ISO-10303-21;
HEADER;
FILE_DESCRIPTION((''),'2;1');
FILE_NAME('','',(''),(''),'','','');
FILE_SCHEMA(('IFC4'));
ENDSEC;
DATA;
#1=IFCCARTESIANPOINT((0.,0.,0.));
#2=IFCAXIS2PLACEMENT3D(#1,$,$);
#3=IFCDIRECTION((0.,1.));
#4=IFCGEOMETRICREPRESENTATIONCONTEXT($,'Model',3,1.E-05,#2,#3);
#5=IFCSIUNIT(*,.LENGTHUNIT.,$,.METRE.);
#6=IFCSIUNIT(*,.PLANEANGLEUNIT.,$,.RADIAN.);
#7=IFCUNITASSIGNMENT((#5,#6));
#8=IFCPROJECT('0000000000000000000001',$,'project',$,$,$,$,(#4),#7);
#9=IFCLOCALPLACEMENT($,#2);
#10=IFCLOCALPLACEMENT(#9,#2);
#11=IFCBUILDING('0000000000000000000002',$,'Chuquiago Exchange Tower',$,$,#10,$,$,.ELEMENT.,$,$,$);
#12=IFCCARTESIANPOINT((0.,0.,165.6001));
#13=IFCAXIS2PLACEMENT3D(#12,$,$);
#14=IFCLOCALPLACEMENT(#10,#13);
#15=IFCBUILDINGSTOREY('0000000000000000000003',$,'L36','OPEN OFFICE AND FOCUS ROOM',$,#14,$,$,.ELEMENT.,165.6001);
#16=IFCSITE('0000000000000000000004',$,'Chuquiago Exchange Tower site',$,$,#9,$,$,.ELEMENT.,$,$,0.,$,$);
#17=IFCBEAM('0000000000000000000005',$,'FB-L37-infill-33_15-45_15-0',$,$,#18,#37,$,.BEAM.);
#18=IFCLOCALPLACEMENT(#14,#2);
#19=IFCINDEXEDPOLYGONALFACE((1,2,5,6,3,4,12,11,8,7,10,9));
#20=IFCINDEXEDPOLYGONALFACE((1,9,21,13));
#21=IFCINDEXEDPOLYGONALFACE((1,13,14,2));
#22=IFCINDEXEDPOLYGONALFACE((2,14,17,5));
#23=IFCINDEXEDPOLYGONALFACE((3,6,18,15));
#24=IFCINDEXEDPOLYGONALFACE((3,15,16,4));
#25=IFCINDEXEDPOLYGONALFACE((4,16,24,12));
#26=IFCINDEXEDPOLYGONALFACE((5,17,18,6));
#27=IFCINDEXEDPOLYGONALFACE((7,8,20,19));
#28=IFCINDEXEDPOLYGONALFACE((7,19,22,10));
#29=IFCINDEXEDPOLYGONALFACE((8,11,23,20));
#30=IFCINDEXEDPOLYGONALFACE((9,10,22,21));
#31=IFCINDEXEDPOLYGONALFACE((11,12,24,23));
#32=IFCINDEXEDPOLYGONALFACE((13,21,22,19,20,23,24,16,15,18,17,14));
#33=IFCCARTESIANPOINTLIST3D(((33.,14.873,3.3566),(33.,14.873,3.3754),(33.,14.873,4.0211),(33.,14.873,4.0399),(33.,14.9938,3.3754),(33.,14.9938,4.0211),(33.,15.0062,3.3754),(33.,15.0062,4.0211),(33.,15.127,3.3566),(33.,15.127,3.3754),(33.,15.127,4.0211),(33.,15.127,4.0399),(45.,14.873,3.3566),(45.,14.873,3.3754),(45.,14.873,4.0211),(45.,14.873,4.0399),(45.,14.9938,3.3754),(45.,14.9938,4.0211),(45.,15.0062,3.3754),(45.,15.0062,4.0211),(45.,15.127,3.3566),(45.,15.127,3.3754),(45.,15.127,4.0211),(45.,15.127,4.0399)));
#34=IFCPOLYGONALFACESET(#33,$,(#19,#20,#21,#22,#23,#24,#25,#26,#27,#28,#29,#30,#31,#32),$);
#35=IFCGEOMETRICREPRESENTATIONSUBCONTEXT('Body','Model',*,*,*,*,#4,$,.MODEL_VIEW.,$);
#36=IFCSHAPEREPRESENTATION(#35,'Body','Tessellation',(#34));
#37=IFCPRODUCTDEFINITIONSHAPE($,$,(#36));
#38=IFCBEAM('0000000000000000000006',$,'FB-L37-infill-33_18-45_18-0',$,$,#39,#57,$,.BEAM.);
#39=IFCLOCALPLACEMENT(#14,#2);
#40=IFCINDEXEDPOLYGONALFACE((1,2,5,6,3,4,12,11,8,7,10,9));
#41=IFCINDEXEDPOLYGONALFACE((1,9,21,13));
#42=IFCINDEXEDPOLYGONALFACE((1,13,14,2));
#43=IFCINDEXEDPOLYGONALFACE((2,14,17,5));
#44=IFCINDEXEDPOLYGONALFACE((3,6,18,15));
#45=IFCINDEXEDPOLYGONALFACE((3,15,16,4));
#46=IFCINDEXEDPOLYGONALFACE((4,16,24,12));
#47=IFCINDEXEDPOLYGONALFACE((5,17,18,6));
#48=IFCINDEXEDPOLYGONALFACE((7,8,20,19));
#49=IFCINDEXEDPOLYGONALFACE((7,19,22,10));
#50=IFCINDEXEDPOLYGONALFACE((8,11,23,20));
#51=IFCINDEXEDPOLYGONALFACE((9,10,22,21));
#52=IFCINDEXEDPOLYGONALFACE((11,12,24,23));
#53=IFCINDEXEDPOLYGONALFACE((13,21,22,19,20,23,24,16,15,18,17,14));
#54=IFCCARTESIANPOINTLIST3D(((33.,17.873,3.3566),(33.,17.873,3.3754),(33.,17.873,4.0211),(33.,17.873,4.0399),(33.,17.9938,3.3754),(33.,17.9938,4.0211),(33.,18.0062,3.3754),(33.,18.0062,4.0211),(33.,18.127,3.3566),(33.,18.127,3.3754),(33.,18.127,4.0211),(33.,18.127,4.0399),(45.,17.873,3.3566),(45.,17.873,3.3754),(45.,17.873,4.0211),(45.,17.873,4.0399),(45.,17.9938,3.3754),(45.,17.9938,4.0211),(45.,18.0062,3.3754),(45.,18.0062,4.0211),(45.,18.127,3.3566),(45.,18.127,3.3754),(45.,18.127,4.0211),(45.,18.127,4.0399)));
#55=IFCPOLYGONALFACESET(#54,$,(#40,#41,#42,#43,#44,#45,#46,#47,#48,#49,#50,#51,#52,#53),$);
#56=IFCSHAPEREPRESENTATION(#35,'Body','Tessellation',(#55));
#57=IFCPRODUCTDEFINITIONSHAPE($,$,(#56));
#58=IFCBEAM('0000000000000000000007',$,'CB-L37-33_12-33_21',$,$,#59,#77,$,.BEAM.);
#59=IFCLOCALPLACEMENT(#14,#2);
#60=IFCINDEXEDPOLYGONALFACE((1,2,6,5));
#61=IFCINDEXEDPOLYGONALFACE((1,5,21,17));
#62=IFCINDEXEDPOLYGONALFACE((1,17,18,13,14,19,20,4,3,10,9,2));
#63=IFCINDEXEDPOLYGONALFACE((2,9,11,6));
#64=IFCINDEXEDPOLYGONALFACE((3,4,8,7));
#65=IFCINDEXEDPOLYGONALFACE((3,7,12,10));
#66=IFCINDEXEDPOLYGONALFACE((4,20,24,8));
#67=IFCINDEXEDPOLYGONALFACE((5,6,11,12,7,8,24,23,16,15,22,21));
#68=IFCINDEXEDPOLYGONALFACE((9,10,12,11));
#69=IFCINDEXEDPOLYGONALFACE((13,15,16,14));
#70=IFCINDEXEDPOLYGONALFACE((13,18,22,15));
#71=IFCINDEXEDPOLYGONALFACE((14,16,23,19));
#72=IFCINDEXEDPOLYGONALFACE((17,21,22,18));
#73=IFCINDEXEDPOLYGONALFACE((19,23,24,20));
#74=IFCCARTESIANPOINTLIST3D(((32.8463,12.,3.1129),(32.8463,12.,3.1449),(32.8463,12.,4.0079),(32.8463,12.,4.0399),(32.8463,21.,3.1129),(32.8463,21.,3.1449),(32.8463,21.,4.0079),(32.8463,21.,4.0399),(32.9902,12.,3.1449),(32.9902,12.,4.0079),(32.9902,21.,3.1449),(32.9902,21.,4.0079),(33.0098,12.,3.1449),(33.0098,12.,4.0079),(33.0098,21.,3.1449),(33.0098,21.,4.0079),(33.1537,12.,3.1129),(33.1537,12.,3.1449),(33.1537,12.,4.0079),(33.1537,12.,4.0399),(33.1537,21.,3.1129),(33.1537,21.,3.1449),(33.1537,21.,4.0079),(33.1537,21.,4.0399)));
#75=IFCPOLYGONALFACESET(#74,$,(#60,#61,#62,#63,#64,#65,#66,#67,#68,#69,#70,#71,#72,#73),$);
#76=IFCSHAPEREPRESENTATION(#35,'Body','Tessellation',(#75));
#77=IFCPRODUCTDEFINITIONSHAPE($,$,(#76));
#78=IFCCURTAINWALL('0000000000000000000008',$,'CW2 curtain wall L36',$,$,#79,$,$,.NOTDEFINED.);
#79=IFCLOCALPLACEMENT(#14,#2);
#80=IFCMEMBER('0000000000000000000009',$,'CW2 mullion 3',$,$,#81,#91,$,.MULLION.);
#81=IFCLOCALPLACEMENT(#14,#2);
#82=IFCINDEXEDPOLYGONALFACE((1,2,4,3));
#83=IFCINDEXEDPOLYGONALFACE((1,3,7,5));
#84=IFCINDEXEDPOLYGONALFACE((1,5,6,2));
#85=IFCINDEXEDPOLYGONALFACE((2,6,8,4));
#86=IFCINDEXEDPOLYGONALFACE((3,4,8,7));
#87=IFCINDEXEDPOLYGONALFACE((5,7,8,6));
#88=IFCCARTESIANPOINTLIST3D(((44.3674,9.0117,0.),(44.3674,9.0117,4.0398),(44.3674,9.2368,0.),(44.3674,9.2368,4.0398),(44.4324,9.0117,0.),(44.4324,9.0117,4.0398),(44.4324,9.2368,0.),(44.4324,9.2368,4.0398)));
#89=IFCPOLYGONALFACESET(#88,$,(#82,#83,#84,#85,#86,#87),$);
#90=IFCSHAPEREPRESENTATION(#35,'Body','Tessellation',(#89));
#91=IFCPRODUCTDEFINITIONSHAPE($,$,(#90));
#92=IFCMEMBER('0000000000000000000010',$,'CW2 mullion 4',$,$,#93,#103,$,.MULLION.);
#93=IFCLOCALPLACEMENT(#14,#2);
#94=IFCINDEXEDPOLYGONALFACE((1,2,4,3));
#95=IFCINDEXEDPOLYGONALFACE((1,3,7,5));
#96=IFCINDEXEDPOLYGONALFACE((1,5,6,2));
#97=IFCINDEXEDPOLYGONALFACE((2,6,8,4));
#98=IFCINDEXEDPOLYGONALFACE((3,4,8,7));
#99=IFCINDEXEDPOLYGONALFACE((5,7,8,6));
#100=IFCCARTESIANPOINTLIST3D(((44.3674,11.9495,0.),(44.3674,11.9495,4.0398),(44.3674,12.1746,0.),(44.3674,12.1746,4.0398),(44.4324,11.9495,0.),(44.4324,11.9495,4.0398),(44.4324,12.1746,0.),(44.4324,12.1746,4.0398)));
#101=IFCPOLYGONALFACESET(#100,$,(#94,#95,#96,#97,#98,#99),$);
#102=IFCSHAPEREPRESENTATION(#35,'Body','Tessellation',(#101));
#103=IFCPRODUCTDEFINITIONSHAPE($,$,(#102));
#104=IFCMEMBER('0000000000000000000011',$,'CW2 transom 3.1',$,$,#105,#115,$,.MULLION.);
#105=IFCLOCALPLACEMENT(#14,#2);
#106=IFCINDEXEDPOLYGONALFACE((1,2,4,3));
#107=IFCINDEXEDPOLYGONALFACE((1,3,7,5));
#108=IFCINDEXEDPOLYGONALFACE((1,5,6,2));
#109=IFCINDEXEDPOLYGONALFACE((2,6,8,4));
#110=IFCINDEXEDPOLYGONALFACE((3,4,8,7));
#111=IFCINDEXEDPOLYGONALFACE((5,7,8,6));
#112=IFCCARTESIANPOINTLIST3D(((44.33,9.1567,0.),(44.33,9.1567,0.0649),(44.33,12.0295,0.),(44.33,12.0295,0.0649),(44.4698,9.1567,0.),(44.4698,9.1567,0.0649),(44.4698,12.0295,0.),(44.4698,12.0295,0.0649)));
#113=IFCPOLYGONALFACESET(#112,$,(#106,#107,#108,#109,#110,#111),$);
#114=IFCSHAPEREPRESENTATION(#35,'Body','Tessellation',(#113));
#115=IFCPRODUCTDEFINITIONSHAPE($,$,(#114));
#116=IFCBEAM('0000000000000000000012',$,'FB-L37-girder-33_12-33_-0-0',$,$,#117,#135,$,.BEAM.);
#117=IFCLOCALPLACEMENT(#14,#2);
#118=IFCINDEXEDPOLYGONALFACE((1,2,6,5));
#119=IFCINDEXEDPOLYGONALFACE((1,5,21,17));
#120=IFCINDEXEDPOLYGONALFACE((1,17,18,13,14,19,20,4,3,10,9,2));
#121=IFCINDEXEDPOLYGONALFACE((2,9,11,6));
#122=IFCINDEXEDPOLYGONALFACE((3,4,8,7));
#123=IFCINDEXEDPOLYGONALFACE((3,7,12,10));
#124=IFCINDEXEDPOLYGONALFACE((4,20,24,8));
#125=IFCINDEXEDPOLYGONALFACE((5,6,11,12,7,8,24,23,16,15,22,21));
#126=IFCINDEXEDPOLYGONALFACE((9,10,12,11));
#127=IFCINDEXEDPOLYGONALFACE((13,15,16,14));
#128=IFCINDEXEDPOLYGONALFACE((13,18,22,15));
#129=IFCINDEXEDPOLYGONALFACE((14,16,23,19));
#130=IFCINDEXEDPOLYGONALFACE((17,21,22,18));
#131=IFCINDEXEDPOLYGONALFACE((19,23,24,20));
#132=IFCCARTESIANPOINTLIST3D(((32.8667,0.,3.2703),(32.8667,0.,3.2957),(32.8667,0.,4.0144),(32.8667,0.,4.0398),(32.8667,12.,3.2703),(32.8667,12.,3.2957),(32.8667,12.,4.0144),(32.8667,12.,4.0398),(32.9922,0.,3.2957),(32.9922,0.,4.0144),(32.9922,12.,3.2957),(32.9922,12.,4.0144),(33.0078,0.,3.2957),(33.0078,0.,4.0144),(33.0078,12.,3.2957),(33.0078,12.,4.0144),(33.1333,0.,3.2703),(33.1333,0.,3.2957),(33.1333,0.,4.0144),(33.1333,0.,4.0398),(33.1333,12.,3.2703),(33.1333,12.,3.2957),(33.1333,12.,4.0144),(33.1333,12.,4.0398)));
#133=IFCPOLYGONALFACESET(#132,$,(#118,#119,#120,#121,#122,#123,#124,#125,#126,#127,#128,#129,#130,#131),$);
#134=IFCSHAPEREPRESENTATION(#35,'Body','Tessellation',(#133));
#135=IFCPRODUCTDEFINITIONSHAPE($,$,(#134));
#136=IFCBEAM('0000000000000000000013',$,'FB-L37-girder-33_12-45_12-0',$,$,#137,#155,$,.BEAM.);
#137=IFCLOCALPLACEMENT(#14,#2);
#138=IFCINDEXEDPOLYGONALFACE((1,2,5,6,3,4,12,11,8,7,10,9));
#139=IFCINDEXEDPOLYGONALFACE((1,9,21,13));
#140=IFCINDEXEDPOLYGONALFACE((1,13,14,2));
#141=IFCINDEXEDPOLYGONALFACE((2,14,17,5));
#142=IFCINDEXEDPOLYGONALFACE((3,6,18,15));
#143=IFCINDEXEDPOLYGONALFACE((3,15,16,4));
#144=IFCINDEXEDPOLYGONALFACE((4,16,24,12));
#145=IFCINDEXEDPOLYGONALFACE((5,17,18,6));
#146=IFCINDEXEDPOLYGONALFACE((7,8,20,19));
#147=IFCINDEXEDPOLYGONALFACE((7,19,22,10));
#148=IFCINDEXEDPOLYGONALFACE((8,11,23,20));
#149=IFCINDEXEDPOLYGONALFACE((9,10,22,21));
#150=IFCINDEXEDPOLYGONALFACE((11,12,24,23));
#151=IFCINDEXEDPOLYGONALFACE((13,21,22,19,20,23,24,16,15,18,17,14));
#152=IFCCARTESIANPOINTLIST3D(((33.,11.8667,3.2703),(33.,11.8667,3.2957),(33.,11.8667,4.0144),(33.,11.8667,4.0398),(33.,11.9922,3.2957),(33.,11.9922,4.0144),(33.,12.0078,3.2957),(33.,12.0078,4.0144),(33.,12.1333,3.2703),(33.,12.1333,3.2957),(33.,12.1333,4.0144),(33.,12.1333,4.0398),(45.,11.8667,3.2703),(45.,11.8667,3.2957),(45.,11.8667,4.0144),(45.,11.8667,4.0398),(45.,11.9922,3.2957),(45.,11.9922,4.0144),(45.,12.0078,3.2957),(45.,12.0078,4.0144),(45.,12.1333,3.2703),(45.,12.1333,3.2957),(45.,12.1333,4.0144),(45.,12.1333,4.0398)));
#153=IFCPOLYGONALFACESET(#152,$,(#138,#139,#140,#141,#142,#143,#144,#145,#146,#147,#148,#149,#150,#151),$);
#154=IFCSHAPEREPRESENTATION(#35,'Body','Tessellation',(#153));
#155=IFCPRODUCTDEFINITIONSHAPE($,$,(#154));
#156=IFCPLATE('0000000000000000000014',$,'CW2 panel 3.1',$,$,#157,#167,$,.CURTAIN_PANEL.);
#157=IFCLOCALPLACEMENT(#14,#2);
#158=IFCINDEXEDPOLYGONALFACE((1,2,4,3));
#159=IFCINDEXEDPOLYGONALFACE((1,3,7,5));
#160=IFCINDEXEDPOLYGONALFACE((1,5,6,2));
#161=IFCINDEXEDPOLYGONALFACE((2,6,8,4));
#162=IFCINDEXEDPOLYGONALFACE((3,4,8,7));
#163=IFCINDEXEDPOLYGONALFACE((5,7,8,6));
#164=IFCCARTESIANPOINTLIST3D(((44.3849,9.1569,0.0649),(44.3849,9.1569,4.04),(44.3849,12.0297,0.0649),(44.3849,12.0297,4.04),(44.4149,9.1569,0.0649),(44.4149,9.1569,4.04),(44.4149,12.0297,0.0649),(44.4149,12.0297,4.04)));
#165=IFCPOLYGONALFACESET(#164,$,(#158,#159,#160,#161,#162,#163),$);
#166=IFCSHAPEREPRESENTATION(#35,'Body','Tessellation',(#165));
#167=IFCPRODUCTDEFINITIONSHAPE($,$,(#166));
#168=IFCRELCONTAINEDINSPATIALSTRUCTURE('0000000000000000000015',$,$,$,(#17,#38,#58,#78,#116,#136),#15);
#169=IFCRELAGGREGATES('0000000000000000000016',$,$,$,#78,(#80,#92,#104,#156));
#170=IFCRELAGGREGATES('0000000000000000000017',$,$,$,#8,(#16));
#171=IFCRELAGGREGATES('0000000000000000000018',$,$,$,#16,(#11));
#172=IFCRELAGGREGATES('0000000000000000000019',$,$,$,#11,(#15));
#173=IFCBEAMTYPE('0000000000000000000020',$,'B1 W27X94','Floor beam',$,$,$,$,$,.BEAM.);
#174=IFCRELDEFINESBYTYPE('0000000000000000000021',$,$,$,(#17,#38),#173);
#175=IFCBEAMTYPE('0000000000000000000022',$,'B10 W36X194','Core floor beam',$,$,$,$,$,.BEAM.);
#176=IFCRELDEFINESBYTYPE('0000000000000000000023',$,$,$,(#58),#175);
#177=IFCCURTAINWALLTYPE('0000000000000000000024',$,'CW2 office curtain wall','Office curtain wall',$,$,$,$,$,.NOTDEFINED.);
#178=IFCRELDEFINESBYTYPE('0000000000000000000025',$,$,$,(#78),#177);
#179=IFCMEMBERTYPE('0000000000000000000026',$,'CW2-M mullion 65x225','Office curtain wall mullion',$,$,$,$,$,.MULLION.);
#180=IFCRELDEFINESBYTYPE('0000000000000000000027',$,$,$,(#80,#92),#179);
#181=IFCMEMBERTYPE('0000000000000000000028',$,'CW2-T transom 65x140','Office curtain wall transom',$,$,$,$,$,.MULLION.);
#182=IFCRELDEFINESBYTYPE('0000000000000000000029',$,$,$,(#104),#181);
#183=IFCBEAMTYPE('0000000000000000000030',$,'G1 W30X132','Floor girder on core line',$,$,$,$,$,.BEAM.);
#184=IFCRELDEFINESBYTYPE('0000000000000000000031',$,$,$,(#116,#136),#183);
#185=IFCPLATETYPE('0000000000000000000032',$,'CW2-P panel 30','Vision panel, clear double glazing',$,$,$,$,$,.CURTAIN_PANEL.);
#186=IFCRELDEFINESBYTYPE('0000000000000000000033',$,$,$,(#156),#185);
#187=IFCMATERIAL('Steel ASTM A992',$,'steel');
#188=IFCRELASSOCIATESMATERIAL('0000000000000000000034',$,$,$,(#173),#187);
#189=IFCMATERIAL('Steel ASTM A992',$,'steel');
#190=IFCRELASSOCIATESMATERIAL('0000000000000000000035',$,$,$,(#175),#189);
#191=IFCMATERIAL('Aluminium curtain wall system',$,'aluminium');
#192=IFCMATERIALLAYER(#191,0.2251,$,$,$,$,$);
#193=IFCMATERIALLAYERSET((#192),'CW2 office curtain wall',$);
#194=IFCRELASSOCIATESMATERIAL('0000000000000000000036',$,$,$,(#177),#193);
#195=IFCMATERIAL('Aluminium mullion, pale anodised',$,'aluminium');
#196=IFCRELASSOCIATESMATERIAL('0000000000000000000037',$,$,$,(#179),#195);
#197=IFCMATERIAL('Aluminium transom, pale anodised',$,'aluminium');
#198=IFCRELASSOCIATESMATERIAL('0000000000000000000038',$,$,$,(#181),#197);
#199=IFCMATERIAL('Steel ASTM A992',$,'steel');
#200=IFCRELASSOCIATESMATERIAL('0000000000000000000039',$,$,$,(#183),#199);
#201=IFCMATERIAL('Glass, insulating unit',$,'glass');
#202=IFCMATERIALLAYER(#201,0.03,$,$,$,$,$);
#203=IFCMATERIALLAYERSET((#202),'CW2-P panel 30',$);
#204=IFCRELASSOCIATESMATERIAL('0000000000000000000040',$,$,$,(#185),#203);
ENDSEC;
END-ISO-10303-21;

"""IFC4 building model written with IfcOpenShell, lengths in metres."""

from ifc_helpers import new_model, si_unit, direction, frame, origin, origin_2d, place, context, subcontext, project, spatial, rectangle, i_section, extrude, material, layer, layer_set, material_profile, profile_set, type_object, element, aggregate, save


model = new_model("IFC4")

# Units and contexts
model_context = context("Model", 3, precision=1e-05, world=origin(), true_north=direction((0.0, 1.0)))
body_context = subcontext(model_context, "Body", "Model", "MODEL_VIEW")
ifc_project = project(units=[si_unit("LENGTHUNIT", "METRE"), si_unit("PLANEANGLEUNIT", "RADIAN")], contexts=[model_context])

# Site, building, storey
site_placement = place(None, origin())
site = spatial("IfcSite", under=ifc_project, at=site_placement, Name="Chuquiago Exchange Tower site", CompositionType="ELEMENT", RefElevation=0.0)
building_placement = place(site_placement, origin())
building = spatial("IfcBuilding", under=site, at=building_placement, Name="Chuquiago Exchange Tower", CompositionType="ELEMENT")
storey_placement = place(building_placement, frame((0.0, 0.0, 165.6001)))
storey = spatial("IfcBuildingStorey", under=building, at=storey_placement, Name="L36", Description="OPEN OFFICE AND FOCUS ROOM", CompositionType="ELEMENT", Elevation=165.6001)

# Beams
ifc_material_1 = material(Name="Steel ASTM A992", Category="steel")
ifc_material_profile_1 = material_profile(ifc_material_1, i_section(OverallWidth=0.2539, OverallDepth=0.6833, WebThickness=0.0125, FlangeThickness=0.0188, at=origin_2d()), Name="W27X94")
ifc_profile_set_1 = profile_set([ifc_material_profile_1], Name="Steel ASTM A992")
beam_type_1 = type_object("IfcBeamType", Name="B1 W27X94", Description="Floor beam", PredefinedType="BEAM", material=ifc_profile_set_1)
for number, where, z_axis, x_axis, name in (
    (1, (33.0, 15.0, 3.6982), (1.0, 0.0, 0.0), (0.0, 1.0, 0.0), "FB-L37-infill-33_15-45_15-0"),
    (2, (33.0, 18.0, 3.6982), (1.0, 0.0, 0.0), (0.0, 1.0, 0.0), "FB-L37-infill-33_18-45_18-0"),
):
    element("IfcBeam", number, at=place(storey_placement, frame(where, z_axis=z_axis, x_axis=x_axis)), inside=storey, type_object=beam_type_1, Name=name, PredefinedType="BEAM", context=body_context, shape_type="SweptSolid", body=[
        extrude(i_section(OverallWidth=0.2539, OverallDepth=0.6833, WebThickness=0.0125, FlangeThickness=0.0188, at=origin_2d()), origin(), (0.0, 0.0, 1.0), 12.0),
    ])
ifc_material_2 = material(Name="Steel ASTM A992", Category="steel")
ifc_material_profile_2 = material_profile(ifc_material_2, i_section(OverallWidth=0.3074, OverallDepth=0.927, WebThickness=0.0195, FlangeThickness=0.032, at=origin_2d()), Name="W36X194")
ifc_profile_set_2 = profile_set([ifc_material_profile_2], Name="Steel ASTM A992")
beam_type_2 = type_object("IfcBeamType", Name="B10 W36X194", Description="Core floor beam", PredefinedType="BEAM", material=ifc_profile_set_2)
beam_placement = place(storey_placement, frame((33.0, 12.0, 3.5764), z_axis=(0.0, 1.0, 0.0), x_axis=(-1.0, 0.0, 0.0)))
element("IfcBeam", 3, at=beam_placement, inside=storey, type_object=beam_type_2, Name="CB-L37-33_12-33_21", PredefinedType="BEAM", context=body_context, shape_type="SweptSolid", body=[
    extrude(i_section(OverallWidth=0.3074, OverallDepth=0.927, WebThickness=0.0195, FlangeThickness=0.032, at=origin_2d()), origin(), (0.0, 0.0, 1.0), 9.0),
])

# Curtain wall, members
ifc_material_3 = material(Name="Aluminium curtain wall system", Category="aluminium")
ifc_layer_1 = layer(ifc_material_3, 0.2251)
ifc_layer_set_1 = layer_set([ifc_layer_1], Name="CW2 office curtain wall")
curtain_wall_type = type_object("IfcCurtainWallType", Name="CW2 office curtain wall", Description="Office curtain wall", PredefinedType="NOTDEFINED", material=ifc_layer_set_1)
curtain_wall_placement = place(storey_placement, origin())
curtain_wall = element("IfcCurtainWall", 4, at=curtain_wall_placement, inside=storey, type_object=curtain_wall_type, Name="CW2 curtain wall L36", PredefinedType="NOTDEFINED")
ifc_material_4 = material(Name="Aluminium mullion, pale anodised", Category="aluminium")
ifc_material_profile_3 = material_profile(ifc_material_4, rectangle(XDim=0.0649, YDim=0.2251, at=origin_2d()), Name="AL 65x225")
ifc_profile_set_3 = profile_set([ifc_material_profile_3], Name="Aluminium mullion, pale anodised")
member_type_1 = type_object("IfcMemberType", Name="CW2-M mullion 65x225", Description="Office curtain wall mullion", PredefinedType="MULLION", material=ifc_profile_set_3)
member_1_placement = place(storey_placement, frame((44.3999, 9.1243, 0.0), z_axis=(0.0, 0.0, 1.0), x_axis=(-1.0, 0.0, 0.0)))
member_1 = element("IfcMember", 5, at=member_1_placement, type_object=member_type_1, Name="CW2 mullion 3", PredefinedType="MULLION", context=body_context, shape_type="SweptSolid", body=[
    extrude(rectangle(XDim=0.0649, YDim=0.2251, at=origin_2d()), origin(), (0.0, 0.0, 1.0), 4.0398),
])
member_2_placement = place(storey_placement, frame((44.3999, 12.062, 0.0), z_axis=(0.0, 0.0, 1.0), x_axis=(-1.0, 0.0, 0.0)))
member_2 = element("IfcMember", 6, at=member_2_placement, type_object=member_type_1, Name="CW2 mullion 4", PredefinedType="MULLION", context=body_context, shape_type="SweptSolid", body=[
    extrude(rectangle(XDim=0.0649, YDim=0.2251, at=origin_2d()), origin(), (0.0, 0.0, 1.0), 4.0398),
])
ifc_material_5 = material(Name="Aluminium transom, pale anodised", Category="aluminium")
ifc_material_profile_4 = material_profile(ifc_material_5, rectangle(XDim=0.1399, YDim=0.0649, at=origin_2d()), Name="AL 140x65")
ifc_profile_set_4 = profile_set([ifc_material_profile_4], Name="Aluminium transom, pale anodised")
member_type_2 = type_object("IfcMemberType", Name="CW2-T transom 65x140", Description="Office curtain wall transom", PredefinedType="MULLION", material=ifc_profile_set_4)
member_3_placement = place(storey_placement, frame((44.3999, 9.1567, 0.0325), z_axis=(0.0, 1.0, 0.0), x_axis=(-1.0, 0.0, 0.0)))
member_3 = element("IfcMember", 7, at=member_3_placement, type_object=member_type_2, Name="CW2 transom 3.1", PredefinedType="MULLION", context=body_context, shape_type="SweptSolid", body=[
    extrude(rectangle(XDim=0.1399, YDim=0.0649, at=origin_2d()), origin(), (0.0, 0.0, 1.0), 2.8728),
])

# Beams
ifc_material_6 = material(Name="Steel ASTM A992", Category="steel")
ifc_material_profile_5 = material_profile(ifc_material_6, i_section(OverallWidth=0.2666, OverallDepth=0.7695, WebThickness=0.0156, FlangeThickness=0.0254, at=origin_2d()), Name="W30X132")
ifc_profile_set_5 = profile_set([ifc_material_profile_5], Name="Steel ASTM A992")
beam_type_3 = type_object("IfcBeamType", Name="G1 W30X132", Description="Floor girder on core line", PredefinedType="BEAM", material=ifc_profile_set_5)
for number, where, z_axis, x_axis, name in (
    (8, (33.0, 12.0, 3.655), (0.0, -1.0, 0.0), (1.0, 0.0, 0.0), "FB-L37-girder-33_12-33_-0-0"),
    (9, (33.0, 12.0, 3.655), (1.0, 0.0, 0.0), (0.0, 1.0, 0.0), "FB-L37-girder-33_12-45_12-0"),
):
    element("IfcBeam", number, at=place(storey_placement, frame(where, z_axis=z_axis, x_axis=x_axis)), inside=storey, type_object=beam_type_3, Name=name, PredefinedType="BEAM", context=body_context, shape_type="SweptSolid", body=[
        extrude(i_section(OverallWidth=0.2666, OverallDepth=0.7695, WebThickness=0.0156, FlangeThickness=0.0254, at=origin_2d()), origin(), (0.0, 0.0, 1.0), 12.0),
    ])

# Plate
ifc_material_7 = material(Name="Glass, insulating unit", Category="glass")
ifc_layer_2 = layer(ifc_material_7, 0.03)
ifc_layer_set_2 = layer_set([ifc_layer_2], Name="CW2-P panel 30")
plate_type = type_object("IfcPlateType", Name="CW2-P panel 30", Description="Vision panel, clear double glazing", PredefinedType="CURTAIN_PANEL", material=ifc_layer_set_2)
plate_placement = place(storey_placement, frame((44.3999, 10.5933, 0.0649), z_axis=(0.0, 0.0, 1.0), x_axis=(0.0, 1.0, 0.0)))
plate = element("IfcPlate", 10, at=plate_placement, type_object=plate_type, Name="CW2 panel 3.1", PredefinedType="CURTAIN_PANEL", context=body_context, shape_type="SweptSolid", body=[
    extrude(rectangle(XDim=2.8728, YDim=0.03, at=origin_2d()), origin(), (0.0, 0.0, 1.0), 3.9751),
])
aggregate(curtain_wall, [member_1, member_2, member_3, plate])

save(model, "model.ifc")
